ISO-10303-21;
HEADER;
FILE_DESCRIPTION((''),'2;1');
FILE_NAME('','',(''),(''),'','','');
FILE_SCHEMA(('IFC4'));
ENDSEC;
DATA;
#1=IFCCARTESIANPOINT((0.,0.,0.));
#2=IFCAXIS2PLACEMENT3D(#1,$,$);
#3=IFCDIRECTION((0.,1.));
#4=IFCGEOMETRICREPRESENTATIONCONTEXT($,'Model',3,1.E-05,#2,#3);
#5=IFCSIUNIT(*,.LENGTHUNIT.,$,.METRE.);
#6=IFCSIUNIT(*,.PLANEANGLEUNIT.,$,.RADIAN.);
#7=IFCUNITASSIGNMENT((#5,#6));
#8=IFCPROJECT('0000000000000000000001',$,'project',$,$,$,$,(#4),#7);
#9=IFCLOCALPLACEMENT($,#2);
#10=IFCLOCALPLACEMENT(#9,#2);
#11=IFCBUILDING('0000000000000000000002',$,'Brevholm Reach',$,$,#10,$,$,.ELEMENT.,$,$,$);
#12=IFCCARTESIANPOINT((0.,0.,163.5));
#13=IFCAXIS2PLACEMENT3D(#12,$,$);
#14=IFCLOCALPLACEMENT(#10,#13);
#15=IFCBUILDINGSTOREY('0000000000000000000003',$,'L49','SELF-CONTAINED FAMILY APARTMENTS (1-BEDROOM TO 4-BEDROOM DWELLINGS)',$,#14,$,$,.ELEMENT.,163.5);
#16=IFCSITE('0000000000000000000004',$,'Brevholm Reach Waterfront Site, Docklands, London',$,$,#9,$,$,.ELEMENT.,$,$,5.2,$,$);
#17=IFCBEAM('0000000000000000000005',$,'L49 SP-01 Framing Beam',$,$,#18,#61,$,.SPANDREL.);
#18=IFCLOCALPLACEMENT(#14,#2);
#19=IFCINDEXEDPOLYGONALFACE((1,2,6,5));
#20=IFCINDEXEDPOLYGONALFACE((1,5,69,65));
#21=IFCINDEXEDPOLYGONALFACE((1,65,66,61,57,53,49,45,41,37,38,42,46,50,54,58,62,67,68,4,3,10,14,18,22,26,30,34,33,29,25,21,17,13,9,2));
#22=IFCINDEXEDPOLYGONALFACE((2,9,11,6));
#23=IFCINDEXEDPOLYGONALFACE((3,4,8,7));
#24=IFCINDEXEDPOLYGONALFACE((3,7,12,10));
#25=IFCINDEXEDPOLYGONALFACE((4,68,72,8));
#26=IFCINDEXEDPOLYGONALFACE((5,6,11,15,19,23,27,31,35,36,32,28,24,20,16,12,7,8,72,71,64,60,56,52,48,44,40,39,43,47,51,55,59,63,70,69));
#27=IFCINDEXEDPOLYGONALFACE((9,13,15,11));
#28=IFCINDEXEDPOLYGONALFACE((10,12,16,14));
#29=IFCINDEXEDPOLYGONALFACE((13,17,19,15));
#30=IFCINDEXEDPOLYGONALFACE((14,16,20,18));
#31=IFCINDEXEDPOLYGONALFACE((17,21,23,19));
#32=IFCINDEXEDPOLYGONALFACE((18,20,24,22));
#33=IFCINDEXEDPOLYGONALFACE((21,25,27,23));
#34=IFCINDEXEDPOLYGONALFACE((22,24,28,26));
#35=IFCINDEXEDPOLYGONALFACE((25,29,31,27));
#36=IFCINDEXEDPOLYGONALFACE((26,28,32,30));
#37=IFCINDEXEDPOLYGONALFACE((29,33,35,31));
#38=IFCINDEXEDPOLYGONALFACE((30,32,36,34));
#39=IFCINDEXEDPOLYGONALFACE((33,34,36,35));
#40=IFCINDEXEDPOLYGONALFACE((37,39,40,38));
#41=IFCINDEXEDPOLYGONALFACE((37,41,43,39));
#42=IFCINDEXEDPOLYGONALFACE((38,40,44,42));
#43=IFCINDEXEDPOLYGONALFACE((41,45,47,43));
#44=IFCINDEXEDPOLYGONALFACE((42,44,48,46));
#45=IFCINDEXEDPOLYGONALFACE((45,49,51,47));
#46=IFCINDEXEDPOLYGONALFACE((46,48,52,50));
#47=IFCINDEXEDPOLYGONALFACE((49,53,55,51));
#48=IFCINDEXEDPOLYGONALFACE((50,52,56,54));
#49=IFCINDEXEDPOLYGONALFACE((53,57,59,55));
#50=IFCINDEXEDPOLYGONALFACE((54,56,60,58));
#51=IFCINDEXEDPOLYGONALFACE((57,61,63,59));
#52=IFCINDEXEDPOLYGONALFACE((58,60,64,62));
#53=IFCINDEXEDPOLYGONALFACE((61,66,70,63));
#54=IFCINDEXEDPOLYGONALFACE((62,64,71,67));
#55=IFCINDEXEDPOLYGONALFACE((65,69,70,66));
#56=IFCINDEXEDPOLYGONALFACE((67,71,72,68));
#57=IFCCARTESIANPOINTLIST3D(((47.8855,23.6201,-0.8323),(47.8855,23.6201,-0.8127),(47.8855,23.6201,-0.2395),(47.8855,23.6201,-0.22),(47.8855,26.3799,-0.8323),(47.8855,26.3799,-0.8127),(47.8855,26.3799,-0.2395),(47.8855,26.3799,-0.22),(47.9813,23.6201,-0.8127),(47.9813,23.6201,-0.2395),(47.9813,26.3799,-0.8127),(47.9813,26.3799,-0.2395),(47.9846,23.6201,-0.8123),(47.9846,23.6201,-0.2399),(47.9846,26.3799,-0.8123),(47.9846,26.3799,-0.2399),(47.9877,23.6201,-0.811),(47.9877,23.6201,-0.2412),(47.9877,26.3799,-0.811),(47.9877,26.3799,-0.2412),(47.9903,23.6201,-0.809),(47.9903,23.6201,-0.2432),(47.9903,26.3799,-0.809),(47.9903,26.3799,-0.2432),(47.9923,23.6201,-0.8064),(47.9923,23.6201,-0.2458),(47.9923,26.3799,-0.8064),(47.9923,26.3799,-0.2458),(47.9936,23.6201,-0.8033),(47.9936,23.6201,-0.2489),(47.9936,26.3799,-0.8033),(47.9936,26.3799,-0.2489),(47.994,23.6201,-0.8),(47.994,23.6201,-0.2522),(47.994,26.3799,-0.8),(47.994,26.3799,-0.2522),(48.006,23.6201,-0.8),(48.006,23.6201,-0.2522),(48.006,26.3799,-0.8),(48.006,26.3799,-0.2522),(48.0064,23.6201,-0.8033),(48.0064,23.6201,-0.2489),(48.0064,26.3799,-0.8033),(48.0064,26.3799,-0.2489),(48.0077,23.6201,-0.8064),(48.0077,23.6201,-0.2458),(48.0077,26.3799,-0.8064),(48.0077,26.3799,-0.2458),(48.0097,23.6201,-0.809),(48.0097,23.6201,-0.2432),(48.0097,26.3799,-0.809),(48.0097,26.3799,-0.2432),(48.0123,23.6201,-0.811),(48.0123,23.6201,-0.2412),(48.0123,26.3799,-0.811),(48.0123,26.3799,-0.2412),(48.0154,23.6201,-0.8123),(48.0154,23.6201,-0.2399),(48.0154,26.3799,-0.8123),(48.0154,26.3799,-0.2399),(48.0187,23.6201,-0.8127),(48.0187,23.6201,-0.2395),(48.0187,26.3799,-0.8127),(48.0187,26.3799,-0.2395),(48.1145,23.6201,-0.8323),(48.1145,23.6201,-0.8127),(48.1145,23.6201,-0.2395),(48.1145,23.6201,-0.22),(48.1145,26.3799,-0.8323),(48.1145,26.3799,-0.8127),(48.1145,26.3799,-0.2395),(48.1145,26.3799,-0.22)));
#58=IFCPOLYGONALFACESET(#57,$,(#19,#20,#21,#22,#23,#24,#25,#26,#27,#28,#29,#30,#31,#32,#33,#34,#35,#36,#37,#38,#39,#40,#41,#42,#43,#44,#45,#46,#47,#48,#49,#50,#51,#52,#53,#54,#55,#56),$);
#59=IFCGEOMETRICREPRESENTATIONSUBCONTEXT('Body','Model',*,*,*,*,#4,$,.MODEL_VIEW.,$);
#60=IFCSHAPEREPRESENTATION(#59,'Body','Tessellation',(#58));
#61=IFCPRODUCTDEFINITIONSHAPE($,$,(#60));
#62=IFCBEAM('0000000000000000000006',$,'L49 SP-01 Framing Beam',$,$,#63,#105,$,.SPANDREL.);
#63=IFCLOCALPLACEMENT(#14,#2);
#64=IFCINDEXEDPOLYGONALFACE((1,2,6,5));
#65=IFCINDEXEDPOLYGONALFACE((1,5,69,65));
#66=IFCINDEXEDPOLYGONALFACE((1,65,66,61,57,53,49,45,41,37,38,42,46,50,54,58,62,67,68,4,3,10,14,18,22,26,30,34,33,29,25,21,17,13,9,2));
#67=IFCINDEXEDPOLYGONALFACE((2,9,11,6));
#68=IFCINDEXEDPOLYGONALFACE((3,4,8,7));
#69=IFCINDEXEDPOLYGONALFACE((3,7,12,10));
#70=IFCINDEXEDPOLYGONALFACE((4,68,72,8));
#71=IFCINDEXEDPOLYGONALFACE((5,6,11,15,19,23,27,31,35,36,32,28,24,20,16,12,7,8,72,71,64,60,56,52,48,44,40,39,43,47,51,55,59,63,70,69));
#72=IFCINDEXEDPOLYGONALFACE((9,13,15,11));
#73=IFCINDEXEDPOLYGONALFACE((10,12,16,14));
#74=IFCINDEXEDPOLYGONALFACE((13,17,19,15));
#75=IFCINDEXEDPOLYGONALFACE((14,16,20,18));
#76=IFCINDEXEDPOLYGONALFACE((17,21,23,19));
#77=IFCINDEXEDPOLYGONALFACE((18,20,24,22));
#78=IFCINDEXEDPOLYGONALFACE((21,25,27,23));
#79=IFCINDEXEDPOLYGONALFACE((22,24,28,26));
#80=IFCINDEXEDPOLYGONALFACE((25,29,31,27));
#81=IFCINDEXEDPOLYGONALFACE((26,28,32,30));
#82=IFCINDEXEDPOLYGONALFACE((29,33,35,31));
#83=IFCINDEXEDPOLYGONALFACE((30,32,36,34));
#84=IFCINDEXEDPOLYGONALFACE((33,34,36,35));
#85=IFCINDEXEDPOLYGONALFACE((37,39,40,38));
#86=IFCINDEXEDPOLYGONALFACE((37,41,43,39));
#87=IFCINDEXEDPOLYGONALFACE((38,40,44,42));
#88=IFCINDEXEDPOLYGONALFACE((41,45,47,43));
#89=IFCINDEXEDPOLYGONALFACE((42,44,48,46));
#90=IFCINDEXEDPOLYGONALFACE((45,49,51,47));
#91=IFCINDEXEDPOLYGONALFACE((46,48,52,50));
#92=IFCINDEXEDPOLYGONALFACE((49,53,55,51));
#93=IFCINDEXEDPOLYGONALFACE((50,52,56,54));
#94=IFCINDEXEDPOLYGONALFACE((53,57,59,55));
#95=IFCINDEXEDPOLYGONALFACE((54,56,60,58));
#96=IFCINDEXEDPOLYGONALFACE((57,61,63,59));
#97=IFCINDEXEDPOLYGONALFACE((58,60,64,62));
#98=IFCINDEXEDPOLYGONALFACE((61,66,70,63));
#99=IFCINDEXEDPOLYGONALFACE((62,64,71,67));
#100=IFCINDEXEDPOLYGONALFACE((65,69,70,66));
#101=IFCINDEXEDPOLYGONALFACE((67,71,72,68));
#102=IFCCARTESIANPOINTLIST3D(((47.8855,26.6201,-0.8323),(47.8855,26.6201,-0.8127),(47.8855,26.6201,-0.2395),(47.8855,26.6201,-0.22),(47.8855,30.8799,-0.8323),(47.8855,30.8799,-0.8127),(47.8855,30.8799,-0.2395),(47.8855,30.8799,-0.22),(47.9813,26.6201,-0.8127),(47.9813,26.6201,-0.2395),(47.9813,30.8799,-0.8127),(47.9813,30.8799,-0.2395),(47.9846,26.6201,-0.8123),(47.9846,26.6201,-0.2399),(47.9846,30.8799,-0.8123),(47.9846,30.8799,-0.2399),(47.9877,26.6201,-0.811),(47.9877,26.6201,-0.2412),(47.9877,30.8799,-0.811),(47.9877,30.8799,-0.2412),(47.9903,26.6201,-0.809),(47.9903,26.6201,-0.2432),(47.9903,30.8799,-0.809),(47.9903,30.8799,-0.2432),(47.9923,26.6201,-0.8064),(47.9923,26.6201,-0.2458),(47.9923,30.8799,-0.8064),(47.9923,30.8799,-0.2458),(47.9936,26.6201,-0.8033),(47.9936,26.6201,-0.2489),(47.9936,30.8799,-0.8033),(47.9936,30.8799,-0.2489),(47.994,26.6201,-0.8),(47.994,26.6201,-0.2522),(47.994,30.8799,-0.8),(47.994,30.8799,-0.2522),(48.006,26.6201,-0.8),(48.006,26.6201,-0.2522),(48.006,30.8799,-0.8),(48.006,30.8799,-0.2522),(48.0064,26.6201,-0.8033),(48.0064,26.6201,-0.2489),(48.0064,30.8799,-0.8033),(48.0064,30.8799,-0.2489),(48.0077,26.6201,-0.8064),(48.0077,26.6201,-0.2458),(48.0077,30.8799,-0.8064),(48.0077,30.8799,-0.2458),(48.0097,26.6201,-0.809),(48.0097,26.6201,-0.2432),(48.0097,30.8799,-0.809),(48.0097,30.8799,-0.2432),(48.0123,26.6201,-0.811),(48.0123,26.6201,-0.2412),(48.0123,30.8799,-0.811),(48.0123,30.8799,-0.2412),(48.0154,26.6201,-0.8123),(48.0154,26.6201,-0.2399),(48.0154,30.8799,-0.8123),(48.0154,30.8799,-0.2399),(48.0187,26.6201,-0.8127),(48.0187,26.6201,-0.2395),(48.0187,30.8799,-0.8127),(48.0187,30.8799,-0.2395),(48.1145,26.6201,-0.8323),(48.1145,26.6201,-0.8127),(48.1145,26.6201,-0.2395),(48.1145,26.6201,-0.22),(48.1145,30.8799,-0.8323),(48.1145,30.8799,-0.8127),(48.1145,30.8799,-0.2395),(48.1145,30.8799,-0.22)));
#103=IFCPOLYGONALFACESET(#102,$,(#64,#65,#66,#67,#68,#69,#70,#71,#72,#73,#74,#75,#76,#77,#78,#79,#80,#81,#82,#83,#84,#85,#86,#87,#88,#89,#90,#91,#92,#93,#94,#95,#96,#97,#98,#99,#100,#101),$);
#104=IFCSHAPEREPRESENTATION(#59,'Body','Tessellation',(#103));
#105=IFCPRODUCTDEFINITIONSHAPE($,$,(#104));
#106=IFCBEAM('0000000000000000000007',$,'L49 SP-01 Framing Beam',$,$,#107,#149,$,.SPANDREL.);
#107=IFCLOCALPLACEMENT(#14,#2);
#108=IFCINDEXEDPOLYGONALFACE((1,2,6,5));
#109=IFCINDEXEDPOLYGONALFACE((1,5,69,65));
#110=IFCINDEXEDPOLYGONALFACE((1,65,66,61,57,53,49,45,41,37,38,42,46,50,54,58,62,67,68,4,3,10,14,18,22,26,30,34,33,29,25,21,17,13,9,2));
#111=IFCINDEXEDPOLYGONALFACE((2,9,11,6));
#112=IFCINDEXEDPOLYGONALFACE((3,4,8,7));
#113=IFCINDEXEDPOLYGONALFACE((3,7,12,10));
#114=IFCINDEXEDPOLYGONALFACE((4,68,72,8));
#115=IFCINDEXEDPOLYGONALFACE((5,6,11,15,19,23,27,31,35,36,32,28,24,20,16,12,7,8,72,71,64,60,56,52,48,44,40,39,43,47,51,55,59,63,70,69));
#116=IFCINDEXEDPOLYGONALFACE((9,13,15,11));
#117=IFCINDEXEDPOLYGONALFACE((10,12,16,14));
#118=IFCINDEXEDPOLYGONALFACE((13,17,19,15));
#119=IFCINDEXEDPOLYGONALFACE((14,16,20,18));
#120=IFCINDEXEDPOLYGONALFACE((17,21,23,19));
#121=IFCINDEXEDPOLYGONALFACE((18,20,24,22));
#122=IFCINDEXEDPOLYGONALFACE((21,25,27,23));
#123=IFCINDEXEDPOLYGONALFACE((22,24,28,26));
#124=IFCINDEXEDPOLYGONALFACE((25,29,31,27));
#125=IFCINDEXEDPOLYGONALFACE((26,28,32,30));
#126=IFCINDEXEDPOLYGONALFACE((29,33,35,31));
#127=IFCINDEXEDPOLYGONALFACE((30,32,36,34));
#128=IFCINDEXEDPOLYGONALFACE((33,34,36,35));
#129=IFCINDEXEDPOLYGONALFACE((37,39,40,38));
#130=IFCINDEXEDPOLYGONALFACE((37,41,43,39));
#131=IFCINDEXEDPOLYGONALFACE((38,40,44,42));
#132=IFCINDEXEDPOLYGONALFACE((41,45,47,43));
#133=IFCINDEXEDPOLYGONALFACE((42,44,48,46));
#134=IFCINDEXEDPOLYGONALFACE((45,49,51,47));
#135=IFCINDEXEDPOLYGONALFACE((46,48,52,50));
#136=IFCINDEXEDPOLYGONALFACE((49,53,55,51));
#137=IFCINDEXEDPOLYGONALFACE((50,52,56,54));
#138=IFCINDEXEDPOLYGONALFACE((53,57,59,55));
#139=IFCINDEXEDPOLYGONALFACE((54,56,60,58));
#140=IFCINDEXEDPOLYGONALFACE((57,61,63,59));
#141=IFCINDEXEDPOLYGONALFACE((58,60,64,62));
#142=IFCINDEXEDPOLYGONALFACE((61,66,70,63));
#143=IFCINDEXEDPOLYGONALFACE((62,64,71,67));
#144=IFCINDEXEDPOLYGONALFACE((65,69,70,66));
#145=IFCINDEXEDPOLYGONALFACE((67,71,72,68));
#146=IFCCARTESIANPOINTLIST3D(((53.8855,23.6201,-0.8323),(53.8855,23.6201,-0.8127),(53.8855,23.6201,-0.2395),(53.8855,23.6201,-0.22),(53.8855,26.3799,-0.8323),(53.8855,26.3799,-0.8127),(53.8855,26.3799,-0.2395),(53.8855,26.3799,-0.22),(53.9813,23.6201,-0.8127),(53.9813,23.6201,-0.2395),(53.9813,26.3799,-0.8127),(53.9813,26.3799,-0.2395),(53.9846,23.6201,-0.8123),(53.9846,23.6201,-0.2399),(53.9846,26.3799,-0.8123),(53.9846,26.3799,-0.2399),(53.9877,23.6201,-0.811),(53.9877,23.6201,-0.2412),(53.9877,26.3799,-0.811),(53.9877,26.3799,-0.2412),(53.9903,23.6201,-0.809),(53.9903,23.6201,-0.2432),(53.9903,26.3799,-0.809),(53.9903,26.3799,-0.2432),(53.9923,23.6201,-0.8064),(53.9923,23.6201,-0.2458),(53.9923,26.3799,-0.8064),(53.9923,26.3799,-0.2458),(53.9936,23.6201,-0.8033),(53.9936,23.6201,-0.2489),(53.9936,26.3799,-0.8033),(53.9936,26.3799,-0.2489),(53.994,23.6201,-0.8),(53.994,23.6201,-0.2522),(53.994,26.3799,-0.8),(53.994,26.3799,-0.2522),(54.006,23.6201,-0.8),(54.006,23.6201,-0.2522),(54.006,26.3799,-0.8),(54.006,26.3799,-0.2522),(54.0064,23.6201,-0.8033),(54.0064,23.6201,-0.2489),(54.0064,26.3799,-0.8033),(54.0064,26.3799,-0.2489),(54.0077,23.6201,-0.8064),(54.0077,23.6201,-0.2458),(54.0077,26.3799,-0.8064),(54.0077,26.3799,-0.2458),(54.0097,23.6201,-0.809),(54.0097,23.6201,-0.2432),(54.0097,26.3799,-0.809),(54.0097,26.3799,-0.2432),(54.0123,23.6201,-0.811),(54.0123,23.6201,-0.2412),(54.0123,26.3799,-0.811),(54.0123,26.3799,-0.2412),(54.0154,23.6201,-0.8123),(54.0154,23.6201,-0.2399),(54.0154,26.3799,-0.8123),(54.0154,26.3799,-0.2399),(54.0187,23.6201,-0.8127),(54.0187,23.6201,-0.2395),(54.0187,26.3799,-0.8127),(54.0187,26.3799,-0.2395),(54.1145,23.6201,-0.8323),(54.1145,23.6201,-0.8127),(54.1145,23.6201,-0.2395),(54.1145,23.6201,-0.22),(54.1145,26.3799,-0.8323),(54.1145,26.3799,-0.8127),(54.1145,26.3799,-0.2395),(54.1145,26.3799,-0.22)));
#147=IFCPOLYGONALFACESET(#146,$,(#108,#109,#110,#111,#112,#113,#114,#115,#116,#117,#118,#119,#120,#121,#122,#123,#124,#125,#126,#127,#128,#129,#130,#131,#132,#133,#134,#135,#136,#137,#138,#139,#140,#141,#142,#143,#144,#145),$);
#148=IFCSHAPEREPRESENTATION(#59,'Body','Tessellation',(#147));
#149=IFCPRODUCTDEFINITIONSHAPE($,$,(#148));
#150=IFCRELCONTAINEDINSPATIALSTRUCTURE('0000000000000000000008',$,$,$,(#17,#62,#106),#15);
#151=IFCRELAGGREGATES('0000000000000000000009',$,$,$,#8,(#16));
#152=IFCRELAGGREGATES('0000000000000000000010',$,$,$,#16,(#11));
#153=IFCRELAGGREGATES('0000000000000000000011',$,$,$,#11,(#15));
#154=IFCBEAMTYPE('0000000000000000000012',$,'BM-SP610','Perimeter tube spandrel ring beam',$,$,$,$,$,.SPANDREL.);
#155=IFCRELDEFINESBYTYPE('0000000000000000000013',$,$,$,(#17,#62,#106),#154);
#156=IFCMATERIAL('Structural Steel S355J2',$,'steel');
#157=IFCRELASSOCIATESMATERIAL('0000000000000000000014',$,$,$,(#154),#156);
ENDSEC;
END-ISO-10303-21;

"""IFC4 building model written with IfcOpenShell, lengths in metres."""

from ifc_helpers import new_model, si_unit, direction, frame, origin, origin_2d, place, context, subcontext, project, spatial, i_section, extrude, material, material_profile, profile_set, type_object, element, save


model = new_model("IFC4")

# Units and contexts
model_context = context("Model", 3, precision=1e-05, world=origin(), true_north=direction((0.0, 1.0)))
body_context = subcontext(model_context, "Body", "Model", "MODEL_VIEW")
ifc_project = project(units=[si_unit("LENGTHUNIT", "METRE"), si_unit("PLANEANGLEUNIT", "RADIAN")], contexts=[model_context])

# Site, building, storey
site_placement = place(None, origin())
site = spatial("IfcSite", under=ifc_project, at=site_placement, Name="Brevholm Reach Waterfront Site, Docklands, London", CompositionType="ELEMENT", RefElevation=5.2)
building_placement = place(site_placement, origin())
building = spatial("IfcBuilding", under=site, at=building_placement, Name="Brevholm Reach", CompositionType="ELEMENT")
storey_placement = place(building_placement, frame((0.0, 0.0, 163.5)))
storey = spatial("IfcBuildingStorey", under=building, at=storey_placement, Name="L49", Description="SELF-CONTAINED FAMILY APARTMENTS (1-BEDROOM TO 4-BEDROOM DWELLINGS)", CompositionType="ELEMENT", Elevation=163.5)

# Beams
ifc_material_1 = material(Name="Structural Steel S355J2", Category="steel")
ifc_material_profile_1 = material_profile(ifc_material_1, i_section(OverallWidth=0.229, OverallDepth=0.6123, WebThickness=0.012, FlangeThickness=0.0195, FilletRadius=0.0127, at=origin_2d()), Name="UKB 610x229x125")
ifc_profile_set_1 = profile_set([ifc_material_profile_1], Name="Structural Steel S355J2")
beam_type_1 = type_object("IfcBeamType", Name="BM-SP610", Description="Perimeter tube spandrel ring beam", PredefinedType="SPANDREL", material=ifc_profile_set_1)
beam_1_placement = place(storey_placement, frame((48.0, 23.6201, -0.5261), z_axis=(0.0, 1.0, 0.0), x_axis=(-1.0, 0.0, 0.0)))
element("IfcBeam", 1, at=beam_1_placement, inside=storey, type_object=beam_type_1, Name="L49 SP-01 Framing Beam", PredefinedType="SPANDREL", context=body_context, shape_type="SweptSolid", body=[
    extrude(i_section(OverallWidth=0.229, OverallDepth=0.6123, WebThickness=0.012, FlangeThickness=0.0195, FilletRadius=0.0127, at=origin_2d()), origin(), (0.0, 0.0, 1.0), 2.7598),
])
beam_2_placement = place(storey_placement, frame((48.0, 26.6201, -0.5261), z_axis=(0.0, 1.0, 0.0), x_axis=(-1.0, 0.0, 0.0)))
element("IfcBeam", 2, at=beam_2_placement, inside=storey, type_object=beam_type_1, Name="L49 SP-01 Framing Beam", PredefinedType="SPANDREL", context=body_context, shape_type="SweptSolid", body=[
    extrude(i_section(OverallWidth=0.229, OverallDepth=0.6123, WebThickness=0.012, FlangeThickness=0.0195, FilletRadius=0.0127, at=origin_2d()), origin(), (0.0, 0.0, 1.0), 4.2598),
])
beam_3_placement = place(storey_placement, frame((54.0, 23.6201, -0.5261), z_axis=(0.0, 1.0, 0.0), x_axis=(-1.0, 0.0, 0.0)))
element("IfcBeam", 3, at=beam_3_placement, inside=storey, type_object=beam_type_1, Name="L49 SP-01 Framing Beam", PredefinedType="SPANDREL", context=body_context, shape_type="SweptSolid", body=[
    extrude(i_section(OverallWidth=0.229, OverallDepth=0.6123, WebThickness=0.012, FlangeThickness=0.0195, FilletRadius=0.0127, at=origin_2d()), origin(), (0.0, 0.0, 1.0), 2.7598),
])

save(model, "model.ifc")
